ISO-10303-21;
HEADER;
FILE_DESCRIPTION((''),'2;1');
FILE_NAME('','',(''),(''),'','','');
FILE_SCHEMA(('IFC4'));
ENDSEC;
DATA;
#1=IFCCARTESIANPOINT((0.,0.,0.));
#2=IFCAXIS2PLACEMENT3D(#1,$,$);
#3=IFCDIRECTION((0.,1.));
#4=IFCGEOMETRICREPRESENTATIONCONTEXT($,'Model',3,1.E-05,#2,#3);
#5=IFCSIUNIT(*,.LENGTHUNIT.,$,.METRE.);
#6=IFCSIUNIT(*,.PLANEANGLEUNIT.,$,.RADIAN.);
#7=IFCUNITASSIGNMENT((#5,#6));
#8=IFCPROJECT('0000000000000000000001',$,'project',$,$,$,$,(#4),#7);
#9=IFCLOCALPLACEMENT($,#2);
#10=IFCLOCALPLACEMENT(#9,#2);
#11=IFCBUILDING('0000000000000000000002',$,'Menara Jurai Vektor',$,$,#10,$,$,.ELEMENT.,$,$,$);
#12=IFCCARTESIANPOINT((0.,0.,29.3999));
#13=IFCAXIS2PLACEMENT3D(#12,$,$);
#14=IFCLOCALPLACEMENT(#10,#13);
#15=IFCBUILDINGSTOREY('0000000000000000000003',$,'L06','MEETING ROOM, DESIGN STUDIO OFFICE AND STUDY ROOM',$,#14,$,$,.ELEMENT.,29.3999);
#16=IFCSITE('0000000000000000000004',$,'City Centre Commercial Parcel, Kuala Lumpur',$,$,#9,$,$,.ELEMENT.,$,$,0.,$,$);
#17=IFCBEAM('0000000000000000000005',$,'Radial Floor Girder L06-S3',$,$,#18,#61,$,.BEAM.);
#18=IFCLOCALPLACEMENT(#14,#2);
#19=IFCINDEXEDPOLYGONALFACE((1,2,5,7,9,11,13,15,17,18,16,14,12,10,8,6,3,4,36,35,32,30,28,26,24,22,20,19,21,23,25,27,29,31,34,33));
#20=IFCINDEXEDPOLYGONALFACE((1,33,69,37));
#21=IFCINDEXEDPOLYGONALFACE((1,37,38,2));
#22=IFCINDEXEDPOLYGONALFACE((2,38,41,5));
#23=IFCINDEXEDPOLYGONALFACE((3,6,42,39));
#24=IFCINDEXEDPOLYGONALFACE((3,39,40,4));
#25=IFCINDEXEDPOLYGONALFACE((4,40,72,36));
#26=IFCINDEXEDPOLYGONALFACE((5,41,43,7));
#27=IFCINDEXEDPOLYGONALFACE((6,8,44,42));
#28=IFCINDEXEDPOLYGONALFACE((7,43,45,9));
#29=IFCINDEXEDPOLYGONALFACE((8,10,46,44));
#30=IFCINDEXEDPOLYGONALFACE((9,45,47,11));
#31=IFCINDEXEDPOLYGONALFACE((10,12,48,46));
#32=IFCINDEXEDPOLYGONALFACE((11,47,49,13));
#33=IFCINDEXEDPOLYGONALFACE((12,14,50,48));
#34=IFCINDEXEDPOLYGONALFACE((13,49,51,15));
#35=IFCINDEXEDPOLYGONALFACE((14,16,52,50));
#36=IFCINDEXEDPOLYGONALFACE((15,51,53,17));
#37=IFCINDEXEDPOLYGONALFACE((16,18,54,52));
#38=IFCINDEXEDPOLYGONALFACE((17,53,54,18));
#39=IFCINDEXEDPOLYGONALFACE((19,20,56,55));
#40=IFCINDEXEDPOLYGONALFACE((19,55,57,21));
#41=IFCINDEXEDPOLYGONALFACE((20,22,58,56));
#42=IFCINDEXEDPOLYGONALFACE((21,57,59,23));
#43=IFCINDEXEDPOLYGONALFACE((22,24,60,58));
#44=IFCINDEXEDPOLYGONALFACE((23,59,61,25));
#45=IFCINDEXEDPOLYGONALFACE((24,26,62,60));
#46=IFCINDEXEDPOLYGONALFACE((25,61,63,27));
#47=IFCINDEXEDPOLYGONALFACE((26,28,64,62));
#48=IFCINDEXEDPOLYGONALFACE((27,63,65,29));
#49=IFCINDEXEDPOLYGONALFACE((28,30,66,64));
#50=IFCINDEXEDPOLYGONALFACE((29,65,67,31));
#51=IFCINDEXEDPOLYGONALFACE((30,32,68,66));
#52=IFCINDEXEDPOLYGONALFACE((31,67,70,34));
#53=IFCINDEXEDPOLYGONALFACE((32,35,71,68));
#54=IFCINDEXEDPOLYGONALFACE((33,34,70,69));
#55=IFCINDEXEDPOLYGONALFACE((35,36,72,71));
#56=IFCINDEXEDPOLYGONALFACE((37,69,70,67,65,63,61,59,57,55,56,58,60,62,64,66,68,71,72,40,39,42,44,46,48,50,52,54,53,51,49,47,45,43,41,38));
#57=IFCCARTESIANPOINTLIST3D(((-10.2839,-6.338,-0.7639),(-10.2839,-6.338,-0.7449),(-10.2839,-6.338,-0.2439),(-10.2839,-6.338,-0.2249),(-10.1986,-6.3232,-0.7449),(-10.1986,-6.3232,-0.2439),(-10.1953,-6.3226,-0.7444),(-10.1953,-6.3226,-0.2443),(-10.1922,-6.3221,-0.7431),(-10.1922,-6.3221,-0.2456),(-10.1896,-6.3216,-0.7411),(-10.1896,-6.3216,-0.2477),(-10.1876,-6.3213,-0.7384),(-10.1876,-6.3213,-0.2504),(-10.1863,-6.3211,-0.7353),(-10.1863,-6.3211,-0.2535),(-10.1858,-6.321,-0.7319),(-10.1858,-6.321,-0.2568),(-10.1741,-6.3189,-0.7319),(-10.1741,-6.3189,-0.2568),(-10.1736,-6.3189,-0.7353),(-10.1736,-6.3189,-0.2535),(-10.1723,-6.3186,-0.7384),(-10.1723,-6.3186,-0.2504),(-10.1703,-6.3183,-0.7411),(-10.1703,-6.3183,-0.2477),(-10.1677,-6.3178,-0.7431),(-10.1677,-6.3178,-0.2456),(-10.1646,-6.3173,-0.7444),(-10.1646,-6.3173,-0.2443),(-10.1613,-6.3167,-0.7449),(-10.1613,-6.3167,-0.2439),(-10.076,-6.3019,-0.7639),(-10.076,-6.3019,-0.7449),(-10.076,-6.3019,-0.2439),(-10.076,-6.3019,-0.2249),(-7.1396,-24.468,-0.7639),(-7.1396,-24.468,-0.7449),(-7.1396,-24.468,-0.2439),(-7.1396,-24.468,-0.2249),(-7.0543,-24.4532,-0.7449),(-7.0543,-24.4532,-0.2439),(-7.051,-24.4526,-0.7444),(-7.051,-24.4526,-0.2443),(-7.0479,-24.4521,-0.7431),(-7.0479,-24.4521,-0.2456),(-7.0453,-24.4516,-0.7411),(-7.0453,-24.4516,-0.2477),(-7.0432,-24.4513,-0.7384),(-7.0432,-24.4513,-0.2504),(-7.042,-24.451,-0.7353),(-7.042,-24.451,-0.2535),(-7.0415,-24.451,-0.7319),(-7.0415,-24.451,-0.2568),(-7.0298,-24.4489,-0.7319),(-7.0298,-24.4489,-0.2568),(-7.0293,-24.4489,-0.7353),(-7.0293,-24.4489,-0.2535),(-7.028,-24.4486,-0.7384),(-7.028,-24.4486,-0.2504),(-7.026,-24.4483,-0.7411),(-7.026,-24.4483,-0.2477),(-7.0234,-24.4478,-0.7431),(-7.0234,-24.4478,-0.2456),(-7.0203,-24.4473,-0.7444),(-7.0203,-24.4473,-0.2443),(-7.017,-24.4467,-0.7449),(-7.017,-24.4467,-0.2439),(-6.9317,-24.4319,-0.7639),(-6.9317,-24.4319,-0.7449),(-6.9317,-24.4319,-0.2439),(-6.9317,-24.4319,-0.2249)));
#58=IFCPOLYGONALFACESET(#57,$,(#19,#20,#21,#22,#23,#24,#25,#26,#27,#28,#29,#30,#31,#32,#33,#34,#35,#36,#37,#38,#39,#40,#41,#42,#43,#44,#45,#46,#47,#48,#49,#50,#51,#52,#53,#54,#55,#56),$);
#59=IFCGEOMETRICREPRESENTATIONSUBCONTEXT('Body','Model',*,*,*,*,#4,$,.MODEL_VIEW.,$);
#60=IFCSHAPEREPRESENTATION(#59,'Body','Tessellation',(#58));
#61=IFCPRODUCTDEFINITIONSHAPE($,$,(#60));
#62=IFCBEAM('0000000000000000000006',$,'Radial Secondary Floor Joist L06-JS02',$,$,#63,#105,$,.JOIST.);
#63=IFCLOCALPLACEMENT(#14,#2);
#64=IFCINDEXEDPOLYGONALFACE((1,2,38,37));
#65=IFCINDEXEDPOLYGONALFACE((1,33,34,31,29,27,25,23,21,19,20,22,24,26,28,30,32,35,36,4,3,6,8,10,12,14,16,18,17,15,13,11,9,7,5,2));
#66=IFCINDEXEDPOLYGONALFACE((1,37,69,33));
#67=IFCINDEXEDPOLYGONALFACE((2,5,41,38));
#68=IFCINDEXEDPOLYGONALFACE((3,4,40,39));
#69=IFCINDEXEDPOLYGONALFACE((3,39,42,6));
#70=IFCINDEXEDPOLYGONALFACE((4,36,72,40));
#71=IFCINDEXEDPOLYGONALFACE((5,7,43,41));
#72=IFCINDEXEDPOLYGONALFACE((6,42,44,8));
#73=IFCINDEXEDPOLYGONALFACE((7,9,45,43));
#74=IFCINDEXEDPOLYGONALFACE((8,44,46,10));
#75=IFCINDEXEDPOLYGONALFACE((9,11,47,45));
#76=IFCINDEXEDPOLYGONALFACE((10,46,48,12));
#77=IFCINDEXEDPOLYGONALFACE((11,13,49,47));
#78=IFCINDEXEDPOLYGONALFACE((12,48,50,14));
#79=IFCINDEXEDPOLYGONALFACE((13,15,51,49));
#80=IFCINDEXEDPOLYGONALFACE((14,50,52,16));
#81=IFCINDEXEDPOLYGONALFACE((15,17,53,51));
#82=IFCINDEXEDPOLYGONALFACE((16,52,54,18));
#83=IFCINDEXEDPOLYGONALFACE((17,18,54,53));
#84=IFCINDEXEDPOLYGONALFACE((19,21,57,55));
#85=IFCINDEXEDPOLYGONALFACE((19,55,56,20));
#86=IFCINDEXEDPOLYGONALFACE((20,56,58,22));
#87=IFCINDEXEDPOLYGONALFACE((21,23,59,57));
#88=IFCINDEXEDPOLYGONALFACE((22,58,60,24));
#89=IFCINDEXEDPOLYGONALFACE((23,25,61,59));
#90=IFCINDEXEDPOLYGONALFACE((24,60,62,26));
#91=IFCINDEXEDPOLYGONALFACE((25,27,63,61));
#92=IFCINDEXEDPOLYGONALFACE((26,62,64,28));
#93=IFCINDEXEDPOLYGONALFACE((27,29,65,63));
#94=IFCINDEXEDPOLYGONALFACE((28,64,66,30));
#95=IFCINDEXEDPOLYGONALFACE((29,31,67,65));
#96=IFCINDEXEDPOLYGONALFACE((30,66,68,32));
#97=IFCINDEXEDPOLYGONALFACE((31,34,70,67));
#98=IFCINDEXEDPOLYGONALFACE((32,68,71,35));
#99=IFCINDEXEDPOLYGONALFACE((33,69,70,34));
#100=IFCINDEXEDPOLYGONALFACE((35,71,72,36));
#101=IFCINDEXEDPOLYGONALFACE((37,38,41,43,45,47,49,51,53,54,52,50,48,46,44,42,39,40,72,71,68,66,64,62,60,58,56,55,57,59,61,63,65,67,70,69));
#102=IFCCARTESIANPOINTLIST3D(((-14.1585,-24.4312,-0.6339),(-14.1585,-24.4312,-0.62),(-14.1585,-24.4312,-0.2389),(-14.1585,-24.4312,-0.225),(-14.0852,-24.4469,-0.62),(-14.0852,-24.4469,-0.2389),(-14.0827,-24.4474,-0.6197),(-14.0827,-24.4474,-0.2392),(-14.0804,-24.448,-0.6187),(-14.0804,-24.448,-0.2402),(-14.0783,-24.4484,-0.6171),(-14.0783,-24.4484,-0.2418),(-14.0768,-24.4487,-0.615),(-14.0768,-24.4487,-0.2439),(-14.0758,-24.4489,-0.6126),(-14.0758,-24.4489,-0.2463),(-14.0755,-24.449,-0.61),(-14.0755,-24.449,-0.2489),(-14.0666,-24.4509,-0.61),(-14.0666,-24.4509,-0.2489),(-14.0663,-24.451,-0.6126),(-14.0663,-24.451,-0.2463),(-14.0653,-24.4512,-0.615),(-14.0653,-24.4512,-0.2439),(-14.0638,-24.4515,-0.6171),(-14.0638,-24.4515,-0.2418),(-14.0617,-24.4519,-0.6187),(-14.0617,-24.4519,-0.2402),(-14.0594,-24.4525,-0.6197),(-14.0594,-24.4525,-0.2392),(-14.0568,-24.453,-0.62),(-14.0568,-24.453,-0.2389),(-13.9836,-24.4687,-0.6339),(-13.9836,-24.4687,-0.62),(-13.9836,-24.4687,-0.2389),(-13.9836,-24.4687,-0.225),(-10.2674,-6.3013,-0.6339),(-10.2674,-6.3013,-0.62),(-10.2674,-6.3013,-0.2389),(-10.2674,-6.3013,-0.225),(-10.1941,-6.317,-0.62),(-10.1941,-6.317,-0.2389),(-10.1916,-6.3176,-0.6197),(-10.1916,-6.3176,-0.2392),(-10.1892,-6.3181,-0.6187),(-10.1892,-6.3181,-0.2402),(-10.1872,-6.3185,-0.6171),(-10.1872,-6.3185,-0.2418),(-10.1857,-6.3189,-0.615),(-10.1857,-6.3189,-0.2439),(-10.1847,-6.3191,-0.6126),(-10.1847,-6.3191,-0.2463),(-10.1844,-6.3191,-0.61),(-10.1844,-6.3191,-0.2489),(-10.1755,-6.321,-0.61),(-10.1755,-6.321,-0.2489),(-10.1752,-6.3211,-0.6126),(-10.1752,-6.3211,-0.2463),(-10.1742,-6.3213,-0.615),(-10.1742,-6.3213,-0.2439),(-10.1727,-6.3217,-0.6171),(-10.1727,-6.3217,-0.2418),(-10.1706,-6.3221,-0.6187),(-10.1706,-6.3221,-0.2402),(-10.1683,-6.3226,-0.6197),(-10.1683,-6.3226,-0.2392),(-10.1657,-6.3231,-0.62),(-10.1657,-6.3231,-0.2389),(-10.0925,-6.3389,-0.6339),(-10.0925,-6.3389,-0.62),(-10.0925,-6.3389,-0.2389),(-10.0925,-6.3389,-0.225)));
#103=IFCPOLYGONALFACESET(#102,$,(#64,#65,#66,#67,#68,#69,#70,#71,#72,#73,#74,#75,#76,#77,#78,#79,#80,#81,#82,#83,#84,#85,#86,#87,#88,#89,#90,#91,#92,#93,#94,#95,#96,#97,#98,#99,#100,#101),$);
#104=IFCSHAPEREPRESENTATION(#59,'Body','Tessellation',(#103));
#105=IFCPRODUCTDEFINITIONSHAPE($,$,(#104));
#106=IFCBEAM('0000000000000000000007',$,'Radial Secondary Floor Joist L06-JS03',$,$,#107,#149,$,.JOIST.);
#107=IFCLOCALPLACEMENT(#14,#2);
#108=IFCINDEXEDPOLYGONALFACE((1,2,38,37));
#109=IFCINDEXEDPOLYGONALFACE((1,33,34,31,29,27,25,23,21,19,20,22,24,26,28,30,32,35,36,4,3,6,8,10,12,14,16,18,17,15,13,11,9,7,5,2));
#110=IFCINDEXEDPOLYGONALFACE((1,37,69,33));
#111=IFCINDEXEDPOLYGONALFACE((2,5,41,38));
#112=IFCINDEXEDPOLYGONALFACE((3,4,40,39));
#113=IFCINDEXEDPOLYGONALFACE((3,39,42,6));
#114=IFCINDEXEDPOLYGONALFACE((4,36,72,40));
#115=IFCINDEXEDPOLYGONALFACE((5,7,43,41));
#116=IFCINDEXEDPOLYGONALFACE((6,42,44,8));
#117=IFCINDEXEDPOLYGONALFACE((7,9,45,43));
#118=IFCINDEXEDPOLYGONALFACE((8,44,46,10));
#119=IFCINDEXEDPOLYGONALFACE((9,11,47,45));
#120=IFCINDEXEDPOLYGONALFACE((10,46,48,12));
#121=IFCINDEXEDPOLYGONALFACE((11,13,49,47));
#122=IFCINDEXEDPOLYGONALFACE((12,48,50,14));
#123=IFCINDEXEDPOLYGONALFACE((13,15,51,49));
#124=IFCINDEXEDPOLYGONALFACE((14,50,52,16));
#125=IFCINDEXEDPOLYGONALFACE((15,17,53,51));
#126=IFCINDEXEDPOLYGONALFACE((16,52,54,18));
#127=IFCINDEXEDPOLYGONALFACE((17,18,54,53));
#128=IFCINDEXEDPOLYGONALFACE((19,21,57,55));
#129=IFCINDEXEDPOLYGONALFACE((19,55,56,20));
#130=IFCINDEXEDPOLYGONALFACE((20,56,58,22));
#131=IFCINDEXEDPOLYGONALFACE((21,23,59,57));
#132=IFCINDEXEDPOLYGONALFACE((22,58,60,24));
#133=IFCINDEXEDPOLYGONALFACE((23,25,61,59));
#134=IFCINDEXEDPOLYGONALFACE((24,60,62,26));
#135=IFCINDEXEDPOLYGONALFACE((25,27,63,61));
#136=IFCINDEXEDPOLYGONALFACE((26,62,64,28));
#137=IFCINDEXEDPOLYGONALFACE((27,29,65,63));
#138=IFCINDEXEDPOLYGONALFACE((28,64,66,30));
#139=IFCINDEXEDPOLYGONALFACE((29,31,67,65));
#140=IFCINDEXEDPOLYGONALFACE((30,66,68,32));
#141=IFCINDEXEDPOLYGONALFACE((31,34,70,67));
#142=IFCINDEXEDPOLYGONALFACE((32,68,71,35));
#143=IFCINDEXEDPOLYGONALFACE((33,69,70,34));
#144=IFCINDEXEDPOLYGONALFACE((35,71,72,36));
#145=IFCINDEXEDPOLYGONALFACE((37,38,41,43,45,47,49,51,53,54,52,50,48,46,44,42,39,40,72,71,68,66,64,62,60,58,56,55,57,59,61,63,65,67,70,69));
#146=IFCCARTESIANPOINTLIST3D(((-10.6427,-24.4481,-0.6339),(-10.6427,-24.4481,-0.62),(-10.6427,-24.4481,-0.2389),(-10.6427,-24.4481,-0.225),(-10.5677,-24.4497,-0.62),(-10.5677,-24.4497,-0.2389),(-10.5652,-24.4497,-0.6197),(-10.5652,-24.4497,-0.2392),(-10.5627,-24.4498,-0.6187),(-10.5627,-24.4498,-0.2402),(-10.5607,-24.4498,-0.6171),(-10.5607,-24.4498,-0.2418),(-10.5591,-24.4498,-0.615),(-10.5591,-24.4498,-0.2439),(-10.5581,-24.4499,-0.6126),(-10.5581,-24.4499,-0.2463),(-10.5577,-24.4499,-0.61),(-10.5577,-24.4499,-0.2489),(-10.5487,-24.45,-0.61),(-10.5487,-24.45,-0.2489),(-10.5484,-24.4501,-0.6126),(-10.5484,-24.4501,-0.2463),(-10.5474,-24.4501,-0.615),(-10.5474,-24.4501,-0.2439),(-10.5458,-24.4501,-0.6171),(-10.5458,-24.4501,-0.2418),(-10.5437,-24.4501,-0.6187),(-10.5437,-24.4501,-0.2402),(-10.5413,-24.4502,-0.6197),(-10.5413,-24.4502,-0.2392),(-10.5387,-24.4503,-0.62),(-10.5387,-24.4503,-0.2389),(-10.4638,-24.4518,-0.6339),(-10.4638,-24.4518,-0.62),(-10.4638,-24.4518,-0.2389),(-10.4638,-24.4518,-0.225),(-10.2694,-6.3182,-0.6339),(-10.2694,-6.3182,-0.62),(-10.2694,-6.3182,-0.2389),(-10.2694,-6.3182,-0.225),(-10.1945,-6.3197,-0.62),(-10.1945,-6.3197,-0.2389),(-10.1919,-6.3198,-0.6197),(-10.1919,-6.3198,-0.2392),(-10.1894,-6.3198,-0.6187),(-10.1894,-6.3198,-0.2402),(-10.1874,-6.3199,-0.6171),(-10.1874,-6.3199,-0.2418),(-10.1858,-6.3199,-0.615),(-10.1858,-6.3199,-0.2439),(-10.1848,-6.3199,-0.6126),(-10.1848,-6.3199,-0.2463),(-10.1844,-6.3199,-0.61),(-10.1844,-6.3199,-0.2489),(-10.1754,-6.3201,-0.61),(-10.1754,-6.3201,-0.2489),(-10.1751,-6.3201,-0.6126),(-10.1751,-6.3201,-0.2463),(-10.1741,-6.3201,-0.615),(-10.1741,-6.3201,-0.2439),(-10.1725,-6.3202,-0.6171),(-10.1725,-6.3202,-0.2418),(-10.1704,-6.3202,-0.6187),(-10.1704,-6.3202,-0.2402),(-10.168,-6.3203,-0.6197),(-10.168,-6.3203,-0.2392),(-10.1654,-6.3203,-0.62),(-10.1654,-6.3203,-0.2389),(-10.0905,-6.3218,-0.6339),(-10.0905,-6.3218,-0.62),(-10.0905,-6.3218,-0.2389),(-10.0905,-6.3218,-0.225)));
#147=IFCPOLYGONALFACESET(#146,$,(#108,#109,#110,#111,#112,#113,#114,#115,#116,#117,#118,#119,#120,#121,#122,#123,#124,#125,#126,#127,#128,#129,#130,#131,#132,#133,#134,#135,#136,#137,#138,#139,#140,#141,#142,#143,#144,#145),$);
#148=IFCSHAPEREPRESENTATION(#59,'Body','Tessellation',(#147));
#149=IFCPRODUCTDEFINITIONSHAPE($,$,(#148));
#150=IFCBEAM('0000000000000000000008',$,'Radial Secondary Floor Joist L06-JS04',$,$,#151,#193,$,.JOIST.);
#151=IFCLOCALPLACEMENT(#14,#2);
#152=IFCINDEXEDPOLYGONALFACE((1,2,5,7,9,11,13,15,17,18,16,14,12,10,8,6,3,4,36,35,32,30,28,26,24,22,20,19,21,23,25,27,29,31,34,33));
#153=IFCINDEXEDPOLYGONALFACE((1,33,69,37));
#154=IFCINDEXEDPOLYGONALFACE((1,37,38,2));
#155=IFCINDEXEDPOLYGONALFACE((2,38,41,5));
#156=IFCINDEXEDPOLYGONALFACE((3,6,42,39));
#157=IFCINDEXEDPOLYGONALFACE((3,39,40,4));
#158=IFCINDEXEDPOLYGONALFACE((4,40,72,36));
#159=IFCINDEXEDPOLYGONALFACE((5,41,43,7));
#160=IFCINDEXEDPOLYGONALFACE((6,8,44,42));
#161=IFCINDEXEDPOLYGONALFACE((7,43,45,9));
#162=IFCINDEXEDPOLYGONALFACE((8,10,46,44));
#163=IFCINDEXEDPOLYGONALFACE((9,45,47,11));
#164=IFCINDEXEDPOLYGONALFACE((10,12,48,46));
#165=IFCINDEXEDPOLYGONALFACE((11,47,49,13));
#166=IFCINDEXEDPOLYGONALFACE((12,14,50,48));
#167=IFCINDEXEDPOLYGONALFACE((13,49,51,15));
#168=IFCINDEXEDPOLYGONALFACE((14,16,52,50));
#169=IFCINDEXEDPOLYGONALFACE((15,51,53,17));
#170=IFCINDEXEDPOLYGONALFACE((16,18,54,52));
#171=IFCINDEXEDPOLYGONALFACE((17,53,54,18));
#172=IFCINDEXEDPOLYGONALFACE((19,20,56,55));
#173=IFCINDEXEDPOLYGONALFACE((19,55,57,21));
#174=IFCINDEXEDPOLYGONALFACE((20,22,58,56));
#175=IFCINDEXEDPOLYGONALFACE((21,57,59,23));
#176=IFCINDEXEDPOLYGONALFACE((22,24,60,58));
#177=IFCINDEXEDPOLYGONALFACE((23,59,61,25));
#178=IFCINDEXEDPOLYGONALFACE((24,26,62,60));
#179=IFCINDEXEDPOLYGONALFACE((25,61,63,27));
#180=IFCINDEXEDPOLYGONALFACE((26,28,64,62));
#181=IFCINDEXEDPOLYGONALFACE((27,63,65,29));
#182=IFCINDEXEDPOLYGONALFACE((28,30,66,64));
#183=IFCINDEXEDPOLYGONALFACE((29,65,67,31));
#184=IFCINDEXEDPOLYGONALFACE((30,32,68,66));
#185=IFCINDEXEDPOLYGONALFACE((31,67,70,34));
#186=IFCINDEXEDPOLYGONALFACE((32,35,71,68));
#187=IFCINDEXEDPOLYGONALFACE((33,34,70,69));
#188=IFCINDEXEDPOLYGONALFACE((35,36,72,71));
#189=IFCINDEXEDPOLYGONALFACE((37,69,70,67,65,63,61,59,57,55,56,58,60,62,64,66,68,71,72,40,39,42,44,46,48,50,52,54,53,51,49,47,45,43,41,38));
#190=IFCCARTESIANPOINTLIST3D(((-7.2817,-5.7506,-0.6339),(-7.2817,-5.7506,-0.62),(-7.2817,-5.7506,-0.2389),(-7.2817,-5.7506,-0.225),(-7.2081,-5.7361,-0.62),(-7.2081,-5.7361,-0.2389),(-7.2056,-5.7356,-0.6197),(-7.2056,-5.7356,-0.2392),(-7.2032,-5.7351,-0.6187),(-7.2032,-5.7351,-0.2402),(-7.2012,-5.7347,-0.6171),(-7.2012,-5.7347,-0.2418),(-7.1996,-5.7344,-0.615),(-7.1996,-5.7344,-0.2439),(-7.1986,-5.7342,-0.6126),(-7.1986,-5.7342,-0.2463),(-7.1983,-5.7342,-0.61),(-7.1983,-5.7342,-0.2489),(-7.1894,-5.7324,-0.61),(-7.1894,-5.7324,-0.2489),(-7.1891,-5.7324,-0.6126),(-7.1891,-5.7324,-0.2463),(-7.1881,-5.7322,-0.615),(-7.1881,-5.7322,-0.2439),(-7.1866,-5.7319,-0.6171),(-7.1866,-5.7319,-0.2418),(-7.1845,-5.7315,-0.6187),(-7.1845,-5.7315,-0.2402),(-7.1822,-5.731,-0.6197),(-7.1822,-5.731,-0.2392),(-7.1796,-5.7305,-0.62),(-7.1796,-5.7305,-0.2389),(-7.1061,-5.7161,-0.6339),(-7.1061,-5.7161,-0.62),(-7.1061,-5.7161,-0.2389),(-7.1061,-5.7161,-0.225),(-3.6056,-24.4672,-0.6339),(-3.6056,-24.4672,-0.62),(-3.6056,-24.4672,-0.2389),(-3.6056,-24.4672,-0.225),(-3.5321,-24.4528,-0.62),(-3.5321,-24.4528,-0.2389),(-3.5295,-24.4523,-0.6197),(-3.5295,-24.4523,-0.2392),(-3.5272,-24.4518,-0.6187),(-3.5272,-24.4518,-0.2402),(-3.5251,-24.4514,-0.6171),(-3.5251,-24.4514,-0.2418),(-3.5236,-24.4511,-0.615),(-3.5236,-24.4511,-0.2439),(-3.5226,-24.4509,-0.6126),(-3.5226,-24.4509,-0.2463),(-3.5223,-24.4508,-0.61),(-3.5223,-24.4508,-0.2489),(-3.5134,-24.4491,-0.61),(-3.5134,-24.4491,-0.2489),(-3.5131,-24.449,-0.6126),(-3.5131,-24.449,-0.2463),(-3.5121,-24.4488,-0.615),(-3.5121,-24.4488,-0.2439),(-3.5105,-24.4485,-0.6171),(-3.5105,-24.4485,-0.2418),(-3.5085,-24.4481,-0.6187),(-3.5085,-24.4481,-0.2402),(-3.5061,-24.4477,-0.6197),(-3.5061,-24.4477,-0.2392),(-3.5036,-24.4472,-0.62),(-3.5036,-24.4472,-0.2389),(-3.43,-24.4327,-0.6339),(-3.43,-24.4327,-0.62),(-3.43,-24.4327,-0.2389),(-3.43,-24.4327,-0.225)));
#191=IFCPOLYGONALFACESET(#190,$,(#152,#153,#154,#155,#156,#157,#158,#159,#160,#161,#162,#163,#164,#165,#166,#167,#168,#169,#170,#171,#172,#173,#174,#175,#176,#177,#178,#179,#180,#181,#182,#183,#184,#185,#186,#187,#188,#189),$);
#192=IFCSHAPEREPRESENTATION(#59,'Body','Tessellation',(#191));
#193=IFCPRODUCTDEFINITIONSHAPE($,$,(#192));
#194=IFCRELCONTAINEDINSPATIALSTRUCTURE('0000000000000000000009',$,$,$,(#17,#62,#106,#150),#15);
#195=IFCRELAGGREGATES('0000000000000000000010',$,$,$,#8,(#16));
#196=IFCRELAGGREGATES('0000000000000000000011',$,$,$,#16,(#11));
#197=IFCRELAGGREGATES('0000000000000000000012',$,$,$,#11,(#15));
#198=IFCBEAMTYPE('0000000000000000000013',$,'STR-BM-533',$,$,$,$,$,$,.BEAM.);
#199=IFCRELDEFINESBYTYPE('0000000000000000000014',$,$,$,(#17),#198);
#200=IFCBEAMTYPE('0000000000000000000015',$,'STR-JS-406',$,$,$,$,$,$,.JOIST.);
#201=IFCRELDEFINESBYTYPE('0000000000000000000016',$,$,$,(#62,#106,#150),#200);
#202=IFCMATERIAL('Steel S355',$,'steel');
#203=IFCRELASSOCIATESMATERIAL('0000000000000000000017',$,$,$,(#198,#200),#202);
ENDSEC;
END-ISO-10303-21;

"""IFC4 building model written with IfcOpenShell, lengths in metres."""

from ifc_helpers import new_model, si_unit, direction, frame, origin, origin_2d, place, context, subcontext, project, spatial, i_section, extrude, material, material_profile, profile_set, type_object, element, save


model = new_model("IFC4")

# Units and contexts
model_context = context("Model", 3, precision=1e-05, world=origin(), true_north=direction((0.0, 1.0)))
body_context = subcontext(model_context, "Body", "Model", "MODEL_VIEW")
ifc_project = project(units=[si_unit("LENGTHUNIT", "METRE"), si_unit("PLANEANGLEUNIT", "RADIAN")], contexts=[model_context])

# Site, building, storey
site_placement = place(None, origin())
site = spatial("IfcSite", under=ifc_project, at=site_placement, Name="City Centre Commercial Parcel, Kuala Lumpur", CompositionType="ELEMENT", RefElevation=0.0)
building_placement = place(site_placement, origin())
building = spatial("IfcBuilding", under=site, at=building_placement, Name="Menara Jurai Vektor", CompositionType="ELEMENT")
storey_placement = place(building_placement, frame((0.0, 0.0, 29.3999)))
storey = spatial("IfcBuildingStorey", under=building, at=storey_placement, Name="L06", Description="MEETING ROOM, DESIGN STUDIO OFFICE AND STUDY ROOM", CompositionType="ELEMENT", Elevation=29.3999)

# Beams
ifc_material_1 = material(Name="Steel S355", Category="steel")
ifc_material_profile_1 = material_profile(ifc_material_1, i_section(OverallWidth=0.2109, OverallDepth=0.5391, WebThickness=0.012, FlangeThickness=0.019, FilletRadius=0.0129, at=origin_2d()), Name="UKB 533x210x109")
ifc_profile_set_1 = profile_set([ifc_material_profile_1], Name="Steel S355")
beam_type_1 = type_object("IfcBeamType", Name="STR-BM-533", PredefinedType="BEAM", material=ifc_profile_set_1)
beam_1_placement = place(storey_placement, frame((-7.0356, -24.45, -0.4944), z_axis=(-0.17088, 0.985292, 0.0), x_axis=(-0.985292, -0.17088, 0.0)))
element("IfcBeam", 1, at=beam_1_placement, inside=storey, type_object=beam_type_1, Name="Radial Floor Girder L06-S3", PredefinedType="BEAM", context=body_context, shape_type="SweptSolid", body=[
    extrude(i_section(OverallWidth=0.2109, OverallDepth=0.5391, WebThickness=0.012, FlangeThickness=0.019, FilletRadius=0.0129, at=origin_2d()), origin(), (0.0, 0.0, 1.0), 18.4006),
])
ifc_material_profile_2 = material_profile(ifc_material_1, i_section(OverallWidth=0.179, OverallDepth=0.4089, WebThickness=0.009, FlangeThickness=0.0139, FilletRadius=0.01, at=origin_2d()), Name="UKB 406x178x67")
ifc_profile_set_2 = profile_set([ifc_material_profile_2], Name="Steel S355")
beam_type_2 = type_object("IfcBeamType", Name="STR-JS-406", PredefinedType="JOIST", material=ifc_profile_set_2)
beam_2_placement = place(storey_placement, frame((-14.071, -24.45, -0.4294), z_axis=(0.209846, 0.977735, 0.0), x_axis=(-0.977735, 0.209846, 0.0)))
element("IfcBeam", 2, at=beam_2_placement, inside=storey, type_object=beam_type_2, Name="Radial Secondary Floor Joist L06-JS02", PredefinedType="JOIST", context=body_context, shape_type="SweptSolid", body=[
    extrude(i_section(OverallWidth=0.179, OverallDepth=0.4089, WebThickness=0.009, FlangeThickness=0.0139, FilletRadius=0.01, at=origin_2d()), origin(), (0.0, 0.0, 1.0), 18.5427),
])
beam_3_placement = place(storey_placement, frame((-10.5532, -24.45, -0.4294), z_axis=(0.020585, 0.999788, 0.0), x_axis=(-0.999788, 0.020585, 0.0)))
element("IfcBeam", 3, at=beam_3_placement, inside=storey, type_object=beam_type_2, Name="Radial Secondary Floor Joist L06-JS03", PredefinedType="JOIST", context=body_context, shape_type="SweptSolid", body=[
    extrude(i_section(OverallWidth=0.179, OverallDepth=0.4089, WebThickness=0.009, FlangeThickness=0.0139, FilletRadius=0.01, at=origin_2d()), origin(), (0.0, 0.0, 1.0), 18.1338),
])
beam_4_placement = place(storey_placement, frame((-3.5178, -24.45, -0.4294), z_axis=(-0.192723, 0.981253, 0.0), x_axis=(-0.981253, -0.192723, 0.0)))
element("IfcBeam", 4, at=beam_4_placement, inside=storey, type_object=beam_type_2, Name="Radial Secondary Floor Joist L06-JS04", PredefinedType="JOIST", context=body_context, shape_type="SweptSolid", body=[
    extrude(i_section(OverallWidth=0.179, OverallDepth=0.4089, WebThickness=0.009, FlangeThickness=0.0139, FilletRadius=0.01, at=origin_2d()), origin(), (0.0, 0.0, 1.0), 19.0742),
])

save(model, "model.ifc")
